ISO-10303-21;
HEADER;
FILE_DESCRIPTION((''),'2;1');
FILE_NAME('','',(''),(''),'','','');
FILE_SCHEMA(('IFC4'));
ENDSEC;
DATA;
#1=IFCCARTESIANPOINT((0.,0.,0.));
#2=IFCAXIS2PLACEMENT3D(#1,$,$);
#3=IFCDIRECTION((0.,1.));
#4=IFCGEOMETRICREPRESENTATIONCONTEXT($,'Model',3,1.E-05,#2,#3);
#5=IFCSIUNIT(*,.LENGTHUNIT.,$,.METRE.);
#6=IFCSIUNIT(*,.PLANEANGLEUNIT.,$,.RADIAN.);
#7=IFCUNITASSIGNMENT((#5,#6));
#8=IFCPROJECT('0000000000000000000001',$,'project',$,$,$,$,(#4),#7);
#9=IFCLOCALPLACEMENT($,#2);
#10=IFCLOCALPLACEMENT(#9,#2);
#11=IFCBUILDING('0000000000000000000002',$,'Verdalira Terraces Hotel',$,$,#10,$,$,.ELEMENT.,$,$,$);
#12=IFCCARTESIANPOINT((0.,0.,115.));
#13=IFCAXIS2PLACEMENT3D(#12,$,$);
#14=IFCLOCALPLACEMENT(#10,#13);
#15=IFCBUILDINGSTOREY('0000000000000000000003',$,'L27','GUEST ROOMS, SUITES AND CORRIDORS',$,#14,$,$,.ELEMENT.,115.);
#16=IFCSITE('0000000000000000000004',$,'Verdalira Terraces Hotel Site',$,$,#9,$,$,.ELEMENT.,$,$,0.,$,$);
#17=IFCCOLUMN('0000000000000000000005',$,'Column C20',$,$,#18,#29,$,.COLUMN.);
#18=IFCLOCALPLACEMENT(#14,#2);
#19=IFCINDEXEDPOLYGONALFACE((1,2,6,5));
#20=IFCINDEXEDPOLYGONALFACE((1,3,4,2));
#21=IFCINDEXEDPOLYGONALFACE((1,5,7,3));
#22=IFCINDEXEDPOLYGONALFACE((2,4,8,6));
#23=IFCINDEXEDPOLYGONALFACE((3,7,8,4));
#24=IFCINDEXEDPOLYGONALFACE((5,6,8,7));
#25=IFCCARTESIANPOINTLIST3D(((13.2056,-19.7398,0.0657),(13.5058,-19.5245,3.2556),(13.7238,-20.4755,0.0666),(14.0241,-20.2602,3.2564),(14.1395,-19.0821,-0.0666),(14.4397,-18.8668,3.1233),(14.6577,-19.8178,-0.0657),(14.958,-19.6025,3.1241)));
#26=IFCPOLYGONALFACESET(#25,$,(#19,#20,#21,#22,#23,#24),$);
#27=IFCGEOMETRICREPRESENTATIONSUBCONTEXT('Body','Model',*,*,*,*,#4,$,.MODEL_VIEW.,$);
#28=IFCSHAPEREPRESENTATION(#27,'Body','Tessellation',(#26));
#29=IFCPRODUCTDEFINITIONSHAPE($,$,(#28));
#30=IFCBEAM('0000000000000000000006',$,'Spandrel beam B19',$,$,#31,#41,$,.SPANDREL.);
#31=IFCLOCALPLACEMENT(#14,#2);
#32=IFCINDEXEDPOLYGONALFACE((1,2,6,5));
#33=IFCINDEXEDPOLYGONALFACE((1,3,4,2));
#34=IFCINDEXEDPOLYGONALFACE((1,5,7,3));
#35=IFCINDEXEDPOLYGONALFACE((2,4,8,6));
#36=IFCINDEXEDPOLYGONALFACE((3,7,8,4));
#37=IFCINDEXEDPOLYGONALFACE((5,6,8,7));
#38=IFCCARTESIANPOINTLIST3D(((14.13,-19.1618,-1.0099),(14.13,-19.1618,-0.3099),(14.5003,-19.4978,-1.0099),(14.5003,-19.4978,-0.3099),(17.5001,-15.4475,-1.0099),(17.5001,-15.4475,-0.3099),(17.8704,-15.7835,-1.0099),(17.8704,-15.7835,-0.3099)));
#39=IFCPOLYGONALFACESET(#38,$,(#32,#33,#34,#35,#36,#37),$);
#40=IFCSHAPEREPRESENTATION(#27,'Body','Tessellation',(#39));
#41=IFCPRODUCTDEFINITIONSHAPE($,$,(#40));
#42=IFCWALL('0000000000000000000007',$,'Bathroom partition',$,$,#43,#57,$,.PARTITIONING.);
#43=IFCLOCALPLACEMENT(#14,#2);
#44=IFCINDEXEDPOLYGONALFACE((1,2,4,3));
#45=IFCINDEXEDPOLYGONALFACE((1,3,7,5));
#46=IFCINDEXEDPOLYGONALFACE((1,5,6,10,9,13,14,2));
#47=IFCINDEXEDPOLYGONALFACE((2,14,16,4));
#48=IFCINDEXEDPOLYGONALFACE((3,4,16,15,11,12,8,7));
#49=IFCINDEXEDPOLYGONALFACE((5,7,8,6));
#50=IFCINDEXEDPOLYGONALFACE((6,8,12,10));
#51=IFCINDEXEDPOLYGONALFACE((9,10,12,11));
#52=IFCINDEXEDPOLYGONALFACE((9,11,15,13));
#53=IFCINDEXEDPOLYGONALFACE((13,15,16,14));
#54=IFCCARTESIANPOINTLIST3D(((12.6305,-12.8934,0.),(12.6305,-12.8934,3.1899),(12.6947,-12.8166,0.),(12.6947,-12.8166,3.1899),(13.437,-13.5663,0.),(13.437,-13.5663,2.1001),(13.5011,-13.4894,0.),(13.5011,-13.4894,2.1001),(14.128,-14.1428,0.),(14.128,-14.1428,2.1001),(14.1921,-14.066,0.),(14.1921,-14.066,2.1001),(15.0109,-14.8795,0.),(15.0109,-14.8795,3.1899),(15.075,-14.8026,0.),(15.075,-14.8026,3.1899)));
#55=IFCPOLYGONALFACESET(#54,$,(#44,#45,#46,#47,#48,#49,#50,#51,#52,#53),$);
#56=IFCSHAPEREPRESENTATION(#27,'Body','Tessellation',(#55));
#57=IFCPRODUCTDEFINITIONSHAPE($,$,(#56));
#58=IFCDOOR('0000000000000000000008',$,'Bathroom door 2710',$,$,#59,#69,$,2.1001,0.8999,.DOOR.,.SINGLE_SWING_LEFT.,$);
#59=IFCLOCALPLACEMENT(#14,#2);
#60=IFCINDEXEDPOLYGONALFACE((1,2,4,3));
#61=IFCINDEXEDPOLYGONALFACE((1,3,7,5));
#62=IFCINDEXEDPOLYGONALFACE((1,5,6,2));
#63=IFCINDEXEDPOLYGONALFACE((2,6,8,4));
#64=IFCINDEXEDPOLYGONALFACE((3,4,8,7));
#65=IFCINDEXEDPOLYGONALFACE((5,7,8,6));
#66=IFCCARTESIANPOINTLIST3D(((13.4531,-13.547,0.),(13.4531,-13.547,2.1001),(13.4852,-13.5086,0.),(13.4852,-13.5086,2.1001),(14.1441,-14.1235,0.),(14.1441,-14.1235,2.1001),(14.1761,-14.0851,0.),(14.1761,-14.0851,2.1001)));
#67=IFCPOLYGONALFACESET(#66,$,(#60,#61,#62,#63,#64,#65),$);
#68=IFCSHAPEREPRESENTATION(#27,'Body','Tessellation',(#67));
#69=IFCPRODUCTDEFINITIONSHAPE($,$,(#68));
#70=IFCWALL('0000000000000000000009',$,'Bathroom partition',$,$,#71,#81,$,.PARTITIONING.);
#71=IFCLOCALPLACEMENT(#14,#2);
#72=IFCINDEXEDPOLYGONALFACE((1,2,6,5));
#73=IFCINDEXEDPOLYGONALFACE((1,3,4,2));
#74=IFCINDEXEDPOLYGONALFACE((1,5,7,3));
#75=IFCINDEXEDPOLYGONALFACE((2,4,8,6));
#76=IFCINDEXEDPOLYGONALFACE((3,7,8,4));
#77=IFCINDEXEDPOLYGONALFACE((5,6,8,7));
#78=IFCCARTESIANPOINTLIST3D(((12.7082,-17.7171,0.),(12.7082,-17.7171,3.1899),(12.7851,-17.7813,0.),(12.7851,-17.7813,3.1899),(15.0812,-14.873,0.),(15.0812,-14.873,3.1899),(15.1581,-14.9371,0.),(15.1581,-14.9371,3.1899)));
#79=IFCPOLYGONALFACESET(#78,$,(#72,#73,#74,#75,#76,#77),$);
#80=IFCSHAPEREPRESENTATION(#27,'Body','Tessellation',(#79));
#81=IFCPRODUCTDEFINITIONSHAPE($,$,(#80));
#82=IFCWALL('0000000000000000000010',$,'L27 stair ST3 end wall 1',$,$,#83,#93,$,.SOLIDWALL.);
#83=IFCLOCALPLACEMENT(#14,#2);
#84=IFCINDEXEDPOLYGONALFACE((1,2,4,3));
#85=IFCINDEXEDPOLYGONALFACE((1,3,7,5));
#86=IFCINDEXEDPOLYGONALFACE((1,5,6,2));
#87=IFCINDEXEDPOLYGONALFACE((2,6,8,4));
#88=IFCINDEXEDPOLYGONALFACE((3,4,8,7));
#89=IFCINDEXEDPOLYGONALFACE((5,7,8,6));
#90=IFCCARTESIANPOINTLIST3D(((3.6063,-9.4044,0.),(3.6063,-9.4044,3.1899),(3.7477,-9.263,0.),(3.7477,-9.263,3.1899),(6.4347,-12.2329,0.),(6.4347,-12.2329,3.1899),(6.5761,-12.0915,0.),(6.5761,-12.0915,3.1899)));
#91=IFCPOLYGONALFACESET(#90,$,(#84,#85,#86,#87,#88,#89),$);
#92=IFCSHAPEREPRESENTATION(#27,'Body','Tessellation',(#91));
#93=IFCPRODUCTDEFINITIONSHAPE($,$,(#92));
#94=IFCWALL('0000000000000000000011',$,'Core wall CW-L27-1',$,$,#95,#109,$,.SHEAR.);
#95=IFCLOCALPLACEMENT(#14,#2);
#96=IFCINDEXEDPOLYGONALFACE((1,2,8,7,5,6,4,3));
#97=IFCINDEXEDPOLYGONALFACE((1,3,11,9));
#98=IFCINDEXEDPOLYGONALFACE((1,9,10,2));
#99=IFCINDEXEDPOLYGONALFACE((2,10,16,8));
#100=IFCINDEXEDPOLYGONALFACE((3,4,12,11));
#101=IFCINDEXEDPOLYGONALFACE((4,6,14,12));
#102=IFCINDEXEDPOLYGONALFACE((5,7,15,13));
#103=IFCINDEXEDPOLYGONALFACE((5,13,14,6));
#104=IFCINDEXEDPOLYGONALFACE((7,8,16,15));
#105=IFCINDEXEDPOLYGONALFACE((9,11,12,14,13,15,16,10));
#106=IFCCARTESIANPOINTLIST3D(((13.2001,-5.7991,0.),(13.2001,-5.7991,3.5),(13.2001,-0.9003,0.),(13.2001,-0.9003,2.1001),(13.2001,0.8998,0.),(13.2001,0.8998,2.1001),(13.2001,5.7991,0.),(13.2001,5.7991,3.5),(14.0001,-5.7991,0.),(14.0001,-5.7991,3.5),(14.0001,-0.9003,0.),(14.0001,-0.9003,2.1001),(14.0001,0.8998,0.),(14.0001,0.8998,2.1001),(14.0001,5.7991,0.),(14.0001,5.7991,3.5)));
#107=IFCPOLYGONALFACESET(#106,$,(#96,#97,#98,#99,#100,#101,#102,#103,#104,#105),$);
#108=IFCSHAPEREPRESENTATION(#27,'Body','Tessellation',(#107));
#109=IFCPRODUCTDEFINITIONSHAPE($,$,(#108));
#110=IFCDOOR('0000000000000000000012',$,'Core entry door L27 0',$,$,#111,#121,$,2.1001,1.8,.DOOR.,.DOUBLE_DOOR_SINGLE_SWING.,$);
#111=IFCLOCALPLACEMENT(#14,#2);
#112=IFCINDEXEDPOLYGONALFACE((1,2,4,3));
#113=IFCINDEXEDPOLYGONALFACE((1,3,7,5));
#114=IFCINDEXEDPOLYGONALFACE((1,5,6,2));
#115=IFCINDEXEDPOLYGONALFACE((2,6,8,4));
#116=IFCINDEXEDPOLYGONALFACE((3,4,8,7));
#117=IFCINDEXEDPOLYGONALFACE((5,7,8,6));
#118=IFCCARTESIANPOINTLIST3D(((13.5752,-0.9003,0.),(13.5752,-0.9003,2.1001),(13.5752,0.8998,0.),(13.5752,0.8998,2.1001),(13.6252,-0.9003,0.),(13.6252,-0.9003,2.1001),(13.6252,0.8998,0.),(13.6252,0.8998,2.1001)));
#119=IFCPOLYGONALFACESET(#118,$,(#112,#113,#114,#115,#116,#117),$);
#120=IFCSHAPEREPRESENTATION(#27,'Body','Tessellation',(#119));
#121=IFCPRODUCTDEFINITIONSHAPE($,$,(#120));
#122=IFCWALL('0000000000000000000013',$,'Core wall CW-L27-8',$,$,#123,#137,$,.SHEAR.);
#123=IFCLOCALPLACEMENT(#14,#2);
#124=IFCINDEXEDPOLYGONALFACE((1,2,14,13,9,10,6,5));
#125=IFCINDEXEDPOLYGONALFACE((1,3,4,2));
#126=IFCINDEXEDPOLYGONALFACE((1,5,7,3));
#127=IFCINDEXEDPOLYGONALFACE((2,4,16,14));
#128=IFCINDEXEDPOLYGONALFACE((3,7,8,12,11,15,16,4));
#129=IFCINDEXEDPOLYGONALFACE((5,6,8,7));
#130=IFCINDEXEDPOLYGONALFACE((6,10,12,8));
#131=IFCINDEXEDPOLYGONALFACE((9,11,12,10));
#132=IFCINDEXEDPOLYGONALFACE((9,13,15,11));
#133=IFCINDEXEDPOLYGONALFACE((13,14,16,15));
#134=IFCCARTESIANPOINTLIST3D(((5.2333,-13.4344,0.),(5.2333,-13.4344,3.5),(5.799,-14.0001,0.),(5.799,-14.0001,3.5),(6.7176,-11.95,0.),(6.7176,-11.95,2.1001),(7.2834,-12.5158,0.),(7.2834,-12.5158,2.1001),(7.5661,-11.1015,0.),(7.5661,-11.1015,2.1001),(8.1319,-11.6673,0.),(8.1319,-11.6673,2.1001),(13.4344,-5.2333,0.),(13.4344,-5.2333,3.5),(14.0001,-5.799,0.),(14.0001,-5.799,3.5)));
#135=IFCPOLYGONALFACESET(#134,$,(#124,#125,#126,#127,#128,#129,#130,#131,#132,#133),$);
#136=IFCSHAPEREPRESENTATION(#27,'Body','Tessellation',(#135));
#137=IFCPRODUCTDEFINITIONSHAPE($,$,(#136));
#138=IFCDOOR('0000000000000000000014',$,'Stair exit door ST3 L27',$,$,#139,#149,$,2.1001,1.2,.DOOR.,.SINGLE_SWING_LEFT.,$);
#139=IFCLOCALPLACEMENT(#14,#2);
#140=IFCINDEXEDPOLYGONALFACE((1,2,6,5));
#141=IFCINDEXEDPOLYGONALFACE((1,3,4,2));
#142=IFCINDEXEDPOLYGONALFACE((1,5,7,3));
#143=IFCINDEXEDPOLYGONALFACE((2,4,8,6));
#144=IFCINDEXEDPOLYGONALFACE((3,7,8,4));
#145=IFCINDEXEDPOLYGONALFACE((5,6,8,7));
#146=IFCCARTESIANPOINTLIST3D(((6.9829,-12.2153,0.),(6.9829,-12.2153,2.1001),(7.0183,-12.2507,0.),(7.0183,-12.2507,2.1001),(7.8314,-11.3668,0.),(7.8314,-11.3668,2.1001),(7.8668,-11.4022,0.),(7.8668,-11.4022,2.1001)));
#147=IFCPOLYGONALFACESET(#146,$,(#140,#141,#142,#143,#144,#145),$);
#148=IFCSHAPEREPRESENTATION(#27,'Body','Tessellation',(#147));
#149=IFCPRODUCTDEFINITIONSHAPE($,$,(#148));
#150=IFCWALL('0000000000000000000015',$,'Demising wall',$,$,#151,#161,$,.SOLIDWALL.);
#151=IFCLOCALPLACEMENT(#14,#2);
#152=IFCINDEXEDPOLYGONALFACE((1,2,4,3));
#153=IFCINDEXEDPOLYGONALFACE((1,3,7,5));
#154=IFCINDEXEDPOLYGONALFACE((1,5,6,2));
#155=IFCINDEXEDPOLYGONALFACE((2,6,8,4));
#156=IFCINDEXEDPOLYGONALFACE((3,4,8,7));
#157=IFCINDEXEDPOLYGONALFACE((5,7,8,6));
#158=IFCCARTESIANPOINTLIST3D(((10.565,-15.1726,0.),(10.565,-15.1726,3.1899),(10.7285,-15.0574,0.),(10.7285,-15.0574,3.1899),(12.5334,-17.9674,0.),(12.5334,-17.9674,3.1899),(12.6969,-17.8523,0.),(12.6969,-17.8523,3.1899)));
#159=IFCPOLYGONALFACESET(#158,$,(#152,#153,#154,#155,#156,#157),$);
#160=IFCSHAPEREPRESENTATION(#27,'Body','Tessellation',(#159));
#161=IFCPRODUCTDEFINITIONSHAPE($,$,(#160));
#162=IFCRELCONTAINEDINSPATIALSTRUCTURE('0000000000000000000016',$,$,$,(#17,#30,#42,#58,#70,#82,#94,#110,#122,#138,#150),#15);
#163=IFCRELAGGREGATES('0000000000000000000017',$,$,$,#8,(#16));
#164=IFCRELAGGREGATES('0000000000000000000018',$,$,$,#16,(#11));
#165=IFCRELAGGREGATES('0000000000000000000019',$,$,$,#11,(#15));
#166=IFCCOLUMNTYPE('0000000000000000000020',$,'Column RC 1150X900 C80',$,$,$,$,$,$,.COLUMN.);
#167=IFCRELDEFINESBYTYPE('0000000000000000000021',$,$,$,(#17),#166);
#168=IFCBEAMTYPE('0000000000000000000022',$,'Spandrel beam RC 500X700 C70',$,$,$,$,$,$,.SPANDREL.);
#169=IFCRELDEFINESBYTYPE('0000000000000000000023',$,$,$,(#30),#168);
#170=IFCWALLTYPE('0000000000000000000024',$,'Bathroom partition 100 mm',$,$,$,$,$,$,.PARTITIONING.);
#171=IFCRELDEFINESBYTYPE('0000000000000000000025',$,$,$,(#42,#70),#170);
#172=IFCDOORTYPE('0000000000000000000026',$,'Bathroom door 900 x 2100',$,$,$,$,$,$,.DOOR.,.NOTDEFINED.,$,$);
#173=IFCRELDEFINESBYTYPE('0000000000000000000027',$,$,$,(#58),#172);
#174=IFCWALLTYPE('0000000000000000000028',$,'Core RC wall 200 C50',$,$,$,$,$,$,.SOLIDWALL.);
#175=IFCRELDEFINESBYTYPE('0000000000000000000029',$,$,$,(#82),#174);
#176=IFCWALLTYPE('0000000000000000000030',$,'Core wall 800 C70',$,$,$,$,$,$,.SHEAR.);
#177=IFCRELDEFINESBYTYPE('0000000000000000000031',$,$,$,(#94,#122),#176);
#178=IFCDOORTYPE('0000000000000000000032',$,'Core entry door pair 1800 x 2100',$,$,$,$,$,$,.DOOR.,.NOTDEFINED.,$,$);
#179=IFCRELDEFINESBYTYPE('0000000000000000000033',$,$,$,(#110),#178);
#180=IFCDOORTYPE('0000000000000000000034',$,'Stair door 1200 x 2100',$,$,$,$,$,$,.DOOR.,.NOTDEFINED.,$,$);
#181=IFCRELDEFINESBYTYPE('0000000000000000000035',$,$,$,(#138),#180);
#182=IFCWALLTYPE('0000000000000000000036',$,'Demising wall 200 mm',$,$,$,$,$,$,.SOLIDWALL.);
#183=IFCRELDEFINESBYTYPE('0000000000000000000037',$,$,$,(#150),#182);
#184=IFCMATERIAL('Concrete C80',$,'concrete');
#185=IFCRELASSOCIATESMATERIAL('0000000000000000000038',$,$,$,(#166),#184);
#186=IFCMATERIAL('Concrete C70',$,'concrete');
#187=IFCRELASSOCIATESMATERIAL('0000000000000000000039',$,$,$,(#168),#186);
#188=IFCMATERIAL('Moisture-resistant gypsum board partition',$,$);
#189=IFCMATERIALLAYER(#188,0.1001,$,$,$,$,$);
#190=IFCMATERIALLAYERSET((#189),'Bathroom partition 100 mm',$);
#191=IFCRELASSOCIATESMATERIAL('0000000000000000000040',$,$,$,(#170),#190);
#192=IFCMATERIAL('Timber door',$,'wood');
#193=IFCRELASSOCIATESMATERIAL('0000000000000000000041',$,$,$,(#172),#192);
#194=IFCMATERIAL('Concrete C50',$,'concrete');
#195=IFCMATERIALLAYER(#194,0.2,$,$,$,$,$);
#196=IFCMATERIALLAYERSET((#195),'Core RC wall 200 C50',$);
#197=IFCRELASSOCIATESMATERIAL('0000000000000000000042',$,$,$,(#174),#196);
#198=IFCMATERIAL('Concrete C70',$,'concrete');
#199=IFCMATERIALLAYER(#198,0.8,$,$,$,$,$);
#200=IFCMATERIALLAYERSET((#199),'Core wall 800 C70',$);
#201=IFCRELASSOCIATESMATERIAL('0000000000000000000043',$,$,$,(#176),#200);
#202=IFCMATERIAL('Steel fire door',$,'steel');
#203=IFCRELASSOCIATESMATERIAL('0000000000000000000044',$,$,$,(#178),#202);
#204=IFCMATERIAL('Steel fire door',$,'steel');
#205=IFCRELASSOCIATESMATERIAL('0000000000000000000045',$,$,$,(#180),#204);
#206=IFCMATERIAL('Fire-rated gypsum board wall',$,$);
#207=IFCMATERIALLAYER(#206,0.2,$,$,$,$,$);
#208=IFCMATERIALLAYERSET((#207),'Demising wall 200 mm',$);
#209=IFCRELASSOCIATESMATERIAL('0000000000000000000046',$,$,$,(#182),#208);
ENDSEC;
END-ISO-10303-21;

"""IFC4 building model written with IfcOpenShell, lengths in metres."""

from ifc_helpers import new_model, si_unit, direction, frame, frame_2d, origin, origin_2d, place, context, subcontext, project, spatial, rectangle, extrude, material, layer, layer_set, material_profile, profile_set, type_object, element, fill, save


model = new_model("IFC4")

# Units and contexts
model_context = context("Model", 3, precision=1e-05, world=origin(), true_north=direction((0.0, 1.0)))
body_context = subcontext(model_context, "Body", "Model", "MODEL_VIEW")
ifc_project = project(units=[si_unit("LENGTHUNIT", "METRE"), si_unit("PLANEANGLEUNIT", "RADIAN")], contexts=[model_context])

# Site, building, storey
site_placement = place(None, origin())
site = spatial("IfcSite", under=ifc_project, at=site_placement, Name="Verdalira Terraces Hotel Site", CompositionType="ELEMENT", RefElevation=0.0)
building_placement = place(site_placement, origin())
building = spatial("IfcBuilding", under=site, at=building_placement, Name="Verdalira Terraces Hotel", CompositionType="ELEMENT")
storey_placement = place(building_placement, frame((0.0, 0.0, 115.0)))
storey = spatial("IfcBuildingStorey", under=building, at=storey_placement, Name="L27", Description="GUEST ROOMS, SUITES AND CORRIDORS", CompositionType="ELEMENT", Elevation=115.0)

# Column
ifc_material_1 = material(Name="Concrete C80", Category="concrete")
ifc_material_profile_1 = material_profile(ifc_material_1, rectangle(XDim=1.1499, YDim=0.8999, at=origin_2d()), Name="RC 1150X900")
ifc_profile_set_1 = profile_set([ifc_material_profile_1], Name="Concrete C80")
column_type = type_object("IfcColumnType", Name="Column RC 1150X900 C80", PredefinedType="COLUMN", material=ifc_profile_set_1)
column_placement = place(storey_placement, frame((13.9316, -19.7788, 0.0), z_axis=(0.093512, 0.067055, 0.993357), x_axis=(-0.812148, -0.571992, 0.115065)))
element("IfcColumn", 1, at=column_placement, inside=storey, type_object=column_type, Name="Column C20", PredefinedType="COLUMN", context=body_context, shape_type="SweptSolid", body=[
    extrude(rectangle(XDim=1.1499, YDim=0.8999, at=origin_2d()), origin(), (0.0, 0.0, 1.0), 3.2112),
])

# Beam
ifc_material_2 = material(Name="Concrete C70", Category="concrete")
ifc_material_profile_2 = material_profile(ifc_material_2, rectangle(XDim=0.5, YDim=0.7, at=origin_2d()), Name="RC 500X700")
ifc_profile_set_2 = profile_set([ifc_material_profile_2], Name="Concrete C70")
beam_type = type_object("IfcBeamType", Name="Spandrel beam RC 500X700 C70", PredefinedType="SPANDREL", material=ifc_profile_set_2)
beam_placement = place(storey_placement, frame((14.3152, -19.3298, -0.6599), z_axis=(0.671955, 0.740592, 0.0), x_axis=(-0.740592, 0.671955, 0.0)))
element("IfcBeam", 2, at=beam_placement, inside=storey, type_object=beam_type, Name="Spandrel beam B19", PredefinedType="SPANDREL", context=body_context, shape_type="SweptSolid", body=[
    extrude(rectangle(XDim=0.5, YDim=0.7, at=origin_2d()), origin(), (0.0, 0.0, 1.0), 5.0154),
])

# Wall, opening, door
ifc_material_3 = material(Name="Moisture-resistant gypsum board partition")
ifc_layer_1 = layer(ifc_material_3, 0.1001)
ifc_layer_set_1 = layer_set([ifc_layer_1], Name="Bathroom partition 100 mm")
wall_type_1 = type_object("IfcWallType", Name="Bathroom partition 100 mm", PredefinedType="PARTITIONING", material=ifc_layer_set_1)
wall_1_placement = place(storey_placement, frame((15.043, -14.8411, 0.0), z_axis=(0.0, 0.0, 1.0), x_axis=(-0.767834, 0.640649, 0.0)))
wall_1 = element("IfcWall", 3, at=wall_1_placement, inside=storey, type_object=wall_type_1, Name="Bathroom partition", PredefinedType="PARTITIONING", context=body_context, shape_type="SweptSolid", body=[
    extrude(rectangle(XDim=3.1001, YDim=0.1001, at=frame_2d((1.55, 0.0))), origin(), (0.0, 0.0, 1.0), 3.1899),
])
opening_1_placement = place(wall_1_placement, frame((1.1499, 0.0, 0.0)))
opening_1 = element("IfcOpeningElement", 4, at=opening_1_placement, cuts=wall_1, PredefinedType="OPENING", context=body_context, shape_type="SweptSolid", body=[
    extrude(rectangle(XDim=0.8999, YDim=2.1001, at=frame_2d((0.45, 1.05))), frame((0.0, 0.0601, 0.0), z_axis=(0.0, -1.0, 0.0), x_axis=(1.0, 0.0, 0.0)), (0.0, 0.0, 1.0), 0.1201),
])
ifc_material_4 = material(Name="Timber door", Category="wood")
door_type_1 = type_object("IfcDoorType", Name="Bathroom door 900 x 2100", OperationType="NOTDEFINED", PredefinedType="DOOR", material=ifc_material_4)
door_1_placement = place(opening_1_placement, origin())
door_1 = element("IfcDoor", 5, at=door_1_placement, inside=storey, type_object=door_type_1, Name="Bathroom door 2710", OperationType="SINGLE_SWING_LEFT", OverallHeight=2.1001, OverallWidth=0.8999, PredefinedType="DOOR", context=body_context, shape_type="SweptSolid", body=[
    extrude(rectangle(XDim=0.8999, YDim=2.1001, at=frame_2d((0.45, 1.05))), frame((0.0, 0.0249, 0.0), z_axis=(0.0, -1.0, 0.0), x_axis=(1.0, 0.0, 0.0)), (0.0, 0.0, 1.0), 0.05),
])
fill(opening_1, door_1)

# Walls
wall_2_placement = place(storey_placement, frame((15.1196, -14.905, 0.0), z_axis=(0.0, 0.0, 1.0), x_axis=(-0.640638, -0.767843, 0.0)))
element("IfcWall", 6, at=wall_2_placement, inside=storey, type_object=wall_type_1, Name="Bathroom partition", PredefinedType="PARTITIONING", context=body_context, shape_type="SweptSolid", body=[
    extrude(rectangle(XDim=3.7041, YDim=0.1001, at=frame_2d((1.8521, 0.0))), origin(), (0.0, 0.0, 1.0), 3.1899),
])
ifc_material_5 = material(Name="Concrete C50", Category="concrete")
ifc_layer_2 = layer(ifc_material_5, 0.2)
ifc_layer_set_2 = layer_set([ifc_layer_2], Name="Core RC wall 200 C50")
wall_type_2 = type_object("IfcWallType", Name="Core RC wall 200 C50", PredefinedType="SOLIDWALL", material=ifc_layer_set_2)
wall_3_placement = place(storey_placement, frame((3.677, -9.3337, 0.0), z_axis=(0.0, 0.0, 1.0), x_axis=(0.707107, -0.707107, 0.0)))
element("IfcWall", 7, at=wall_3_placement, inside=storey, type_object=wall_type_2, Name="L27 stair ST3 end wall 1", PredefinedType="SOLIDWALL", context=body_context, shape_type="SweptSolid", body=[
    extrude(rectangle(XDim=4.0, YDim=0.2, at=frame_2d((2.0, 0.0))), origin(), (0.0, 0.0, 1.0), 3.1899),
])

# Walls, openings, doors
ifc_material_6 = material(Name="Concrete C70", Category="concrete")
ifc_layer_3 = layer(ifc_material_6, 0.8)
ifc_layer_set_3 = layer_set([ifc_layer_3], Name="Core wall 800 C70")
wall_type_3 = type_object("IfcWallType", Name="Core wall 800 C70", PredefinedType="SHEAR", material=ifc_layer_set_3)
wall_4_placement = place(storey_placement, frame((13.6001, -5.7991, 0.0), z_axis=(0.0, 0.0, 1.0), x_axis=(0.0, 1.0, 0.0)))
wall_4 = element("IfcWall", 8, at=wall_4_placement, inside=storey, type_object=wall_type_3, Name="Core wall CW-L27-1", PredefinedType="SHEAR", context=body_context, shape_type="SweptSolid", body=[
    extrude(rectangle(XDim=11.5981, YDim=0.8, at=frame_2d((5.7991, 0.0))), origin(), (0.0, 0.0, 1.0), 3.5),
])
opening_2_placement = place(wall_4_placement, frame((4.8989, 0.0, 0.0)))
opening_2 = element("IfcOpeningElement", 9, at=opening_2_placement, cuts=wall_4, PredefinedType="OPENING", context=body_context, shape_type="SweptSolid", body=[
    extrude(rectangle(XDim=1.8, YDim=2.1001, at=frame_2d((0.8999, 1.05))), frame((0.0, 0.4099, 0.0), z_axis=(0.0, -1.0, 0.0), x_axis=(1.0, 0.0, 0.0)), (0.0, 0.0, 1.0), 0.8201),
])
ifc_material_7 = material(Name="Steel fire door", Category="steel")
door_type_2 = type_object("IfcDoorType", Name="Core entry door pair 1800 x 2100", OperationType="NOTDEFINED", PredefinedType="DOOR", material=ifc_material_7)
door_2_placement = place(opening_2_placement, origin())
door_2 = element("IfcDoor", 10, at=door_2_placement, inside=storey, type_object=door_type_2, Name="Core entry door L27 0", OperationType="DOUBLE_DOOR_SINGLE_SWING", OverallHeight=2.1001, OverallWidth=1.8, PredefinedType="DOOR", context=body_context, shape_type="SweptSolid", body=[
    extrude(rectangle(XDim=1.8, YDim=2.1001, at=frame_2d((0.8999, 1.05))), frame((0.0, 0.0249, 0.0), z_axis=(0.0, -1.0, 0.0), x_axis=(1.0, 0.0, 0.0)), (0.0, 0.0, 1.0), 0.05),
])
fill(opening_2, door_2)
wall_5_placement = place(storey_placement, frame((5.5161, -13.7173, 0.0), z_axis=(0.0, 0.0, 1.0), x_axis=(0.707107, 0.707107, 0.0)))
wall_5 = element("IfcWall", 11, at=wall_5_placement, inside=storey, type_object=wall_type_3, Name="Core wall CW-L27-8", PredefinedType="SHEAR", context=body_context, shape_type="SweptSolid", body=[
    extrude(rectangle(XDim=11.5981, YDim=0.8, at=frame_2d((5.7991, 0.0))), origin(), (0.0, 0.0, 1.0), 3.5),
])
opening_3_placement = place(wall_5_placement, frame((2.0991, 0.0, 0.0)))
opening_3 = element("IfcOpeningElement", 12, at=opening_3_placement, cuts=wall_5, PredefinedType="OPENING", context=body_context, shape_type="SweptSolid", body=[
    extrude(rectangle(XDim=1.2, YDim=2.1001, at=frame_2d((0.6001, 1.05))), frame((0.0, 0.4099, 0.0), z_axis=(0.0, -1.0, 0.0), x_axis=(1.0, 0.0, 0.0)), (0.0, 0.0, 1.0), 0.8201),
])
ifc_material_8 = material(Name="Steel fire door", Category="steel")
door_type_3 = type_object("IfcDoorType", Name="Stair door 1200 x 2100", OperationType="NOTDEFINED", PredefinedType="DOOR", material=ifc_material_8)
door_3_placement = place(opening_3_placement, origin())
door_3 = element("IfcDoor", 13, at=door_3_placement, inside=storey, type_object=door_type_3, Name="Stair exit door ST3 L27", OperationType="SINGLE_SWING_LEFT", OverallHeight=2.1001, OverallWidth=1.2, PredefinedType="DOOR", context=body_context, shape_type="SweptSolid", body=[
    extrude(rectangle(XDim=1.2, YDim=2.1001, at=frame_2d((0.6001, 1.05))), frame((0.0, 0.0249, 0.0), z_axis=(0.0, -1.0, 0.0), x_axis=(1.0, 0.0, 0.0)), (0.0, 0.0, 1.0), 0.05),
])
fill(opening_3, door_3)

# Wall
ifc_material_9 = material(Name="Fire-rated gypsum board wall")
ifc_layer_4 = layer(ifc_material_9, 0.2)
ifc_layer_set_4 = layer_set([ifc_layer_4], Name="Demising wall 200 mm")
wall_type_4 = type_object("IfcWallType", Name="Demising wall 200 mm", PredefinedType="SOLIDWALL", material=ifc_layer_set_4)
wall_6_placement = place(storey_placement, frame((10.6467, -15.115, 0.0), z_axis=(0.0, 0.0, 1.0), x_axis=(0.575828, -0.817571, 0.0)))
element("IfcWall", 14, at=wall_6_placement, inside=storey, type_object=wall_type_4, Name="Demising wall", PredefinedType="SOLIDWALL", context=body_context, shape_type="SweptSolid", body=[
    extrude(rectangle(XDim=3.4185, YDim=0.2, at=frame_2d((1.7092, 0.0))), origin(), (0.0, 0.0, 1.0), 3.1899),
])

save(model, "model.ifc")
